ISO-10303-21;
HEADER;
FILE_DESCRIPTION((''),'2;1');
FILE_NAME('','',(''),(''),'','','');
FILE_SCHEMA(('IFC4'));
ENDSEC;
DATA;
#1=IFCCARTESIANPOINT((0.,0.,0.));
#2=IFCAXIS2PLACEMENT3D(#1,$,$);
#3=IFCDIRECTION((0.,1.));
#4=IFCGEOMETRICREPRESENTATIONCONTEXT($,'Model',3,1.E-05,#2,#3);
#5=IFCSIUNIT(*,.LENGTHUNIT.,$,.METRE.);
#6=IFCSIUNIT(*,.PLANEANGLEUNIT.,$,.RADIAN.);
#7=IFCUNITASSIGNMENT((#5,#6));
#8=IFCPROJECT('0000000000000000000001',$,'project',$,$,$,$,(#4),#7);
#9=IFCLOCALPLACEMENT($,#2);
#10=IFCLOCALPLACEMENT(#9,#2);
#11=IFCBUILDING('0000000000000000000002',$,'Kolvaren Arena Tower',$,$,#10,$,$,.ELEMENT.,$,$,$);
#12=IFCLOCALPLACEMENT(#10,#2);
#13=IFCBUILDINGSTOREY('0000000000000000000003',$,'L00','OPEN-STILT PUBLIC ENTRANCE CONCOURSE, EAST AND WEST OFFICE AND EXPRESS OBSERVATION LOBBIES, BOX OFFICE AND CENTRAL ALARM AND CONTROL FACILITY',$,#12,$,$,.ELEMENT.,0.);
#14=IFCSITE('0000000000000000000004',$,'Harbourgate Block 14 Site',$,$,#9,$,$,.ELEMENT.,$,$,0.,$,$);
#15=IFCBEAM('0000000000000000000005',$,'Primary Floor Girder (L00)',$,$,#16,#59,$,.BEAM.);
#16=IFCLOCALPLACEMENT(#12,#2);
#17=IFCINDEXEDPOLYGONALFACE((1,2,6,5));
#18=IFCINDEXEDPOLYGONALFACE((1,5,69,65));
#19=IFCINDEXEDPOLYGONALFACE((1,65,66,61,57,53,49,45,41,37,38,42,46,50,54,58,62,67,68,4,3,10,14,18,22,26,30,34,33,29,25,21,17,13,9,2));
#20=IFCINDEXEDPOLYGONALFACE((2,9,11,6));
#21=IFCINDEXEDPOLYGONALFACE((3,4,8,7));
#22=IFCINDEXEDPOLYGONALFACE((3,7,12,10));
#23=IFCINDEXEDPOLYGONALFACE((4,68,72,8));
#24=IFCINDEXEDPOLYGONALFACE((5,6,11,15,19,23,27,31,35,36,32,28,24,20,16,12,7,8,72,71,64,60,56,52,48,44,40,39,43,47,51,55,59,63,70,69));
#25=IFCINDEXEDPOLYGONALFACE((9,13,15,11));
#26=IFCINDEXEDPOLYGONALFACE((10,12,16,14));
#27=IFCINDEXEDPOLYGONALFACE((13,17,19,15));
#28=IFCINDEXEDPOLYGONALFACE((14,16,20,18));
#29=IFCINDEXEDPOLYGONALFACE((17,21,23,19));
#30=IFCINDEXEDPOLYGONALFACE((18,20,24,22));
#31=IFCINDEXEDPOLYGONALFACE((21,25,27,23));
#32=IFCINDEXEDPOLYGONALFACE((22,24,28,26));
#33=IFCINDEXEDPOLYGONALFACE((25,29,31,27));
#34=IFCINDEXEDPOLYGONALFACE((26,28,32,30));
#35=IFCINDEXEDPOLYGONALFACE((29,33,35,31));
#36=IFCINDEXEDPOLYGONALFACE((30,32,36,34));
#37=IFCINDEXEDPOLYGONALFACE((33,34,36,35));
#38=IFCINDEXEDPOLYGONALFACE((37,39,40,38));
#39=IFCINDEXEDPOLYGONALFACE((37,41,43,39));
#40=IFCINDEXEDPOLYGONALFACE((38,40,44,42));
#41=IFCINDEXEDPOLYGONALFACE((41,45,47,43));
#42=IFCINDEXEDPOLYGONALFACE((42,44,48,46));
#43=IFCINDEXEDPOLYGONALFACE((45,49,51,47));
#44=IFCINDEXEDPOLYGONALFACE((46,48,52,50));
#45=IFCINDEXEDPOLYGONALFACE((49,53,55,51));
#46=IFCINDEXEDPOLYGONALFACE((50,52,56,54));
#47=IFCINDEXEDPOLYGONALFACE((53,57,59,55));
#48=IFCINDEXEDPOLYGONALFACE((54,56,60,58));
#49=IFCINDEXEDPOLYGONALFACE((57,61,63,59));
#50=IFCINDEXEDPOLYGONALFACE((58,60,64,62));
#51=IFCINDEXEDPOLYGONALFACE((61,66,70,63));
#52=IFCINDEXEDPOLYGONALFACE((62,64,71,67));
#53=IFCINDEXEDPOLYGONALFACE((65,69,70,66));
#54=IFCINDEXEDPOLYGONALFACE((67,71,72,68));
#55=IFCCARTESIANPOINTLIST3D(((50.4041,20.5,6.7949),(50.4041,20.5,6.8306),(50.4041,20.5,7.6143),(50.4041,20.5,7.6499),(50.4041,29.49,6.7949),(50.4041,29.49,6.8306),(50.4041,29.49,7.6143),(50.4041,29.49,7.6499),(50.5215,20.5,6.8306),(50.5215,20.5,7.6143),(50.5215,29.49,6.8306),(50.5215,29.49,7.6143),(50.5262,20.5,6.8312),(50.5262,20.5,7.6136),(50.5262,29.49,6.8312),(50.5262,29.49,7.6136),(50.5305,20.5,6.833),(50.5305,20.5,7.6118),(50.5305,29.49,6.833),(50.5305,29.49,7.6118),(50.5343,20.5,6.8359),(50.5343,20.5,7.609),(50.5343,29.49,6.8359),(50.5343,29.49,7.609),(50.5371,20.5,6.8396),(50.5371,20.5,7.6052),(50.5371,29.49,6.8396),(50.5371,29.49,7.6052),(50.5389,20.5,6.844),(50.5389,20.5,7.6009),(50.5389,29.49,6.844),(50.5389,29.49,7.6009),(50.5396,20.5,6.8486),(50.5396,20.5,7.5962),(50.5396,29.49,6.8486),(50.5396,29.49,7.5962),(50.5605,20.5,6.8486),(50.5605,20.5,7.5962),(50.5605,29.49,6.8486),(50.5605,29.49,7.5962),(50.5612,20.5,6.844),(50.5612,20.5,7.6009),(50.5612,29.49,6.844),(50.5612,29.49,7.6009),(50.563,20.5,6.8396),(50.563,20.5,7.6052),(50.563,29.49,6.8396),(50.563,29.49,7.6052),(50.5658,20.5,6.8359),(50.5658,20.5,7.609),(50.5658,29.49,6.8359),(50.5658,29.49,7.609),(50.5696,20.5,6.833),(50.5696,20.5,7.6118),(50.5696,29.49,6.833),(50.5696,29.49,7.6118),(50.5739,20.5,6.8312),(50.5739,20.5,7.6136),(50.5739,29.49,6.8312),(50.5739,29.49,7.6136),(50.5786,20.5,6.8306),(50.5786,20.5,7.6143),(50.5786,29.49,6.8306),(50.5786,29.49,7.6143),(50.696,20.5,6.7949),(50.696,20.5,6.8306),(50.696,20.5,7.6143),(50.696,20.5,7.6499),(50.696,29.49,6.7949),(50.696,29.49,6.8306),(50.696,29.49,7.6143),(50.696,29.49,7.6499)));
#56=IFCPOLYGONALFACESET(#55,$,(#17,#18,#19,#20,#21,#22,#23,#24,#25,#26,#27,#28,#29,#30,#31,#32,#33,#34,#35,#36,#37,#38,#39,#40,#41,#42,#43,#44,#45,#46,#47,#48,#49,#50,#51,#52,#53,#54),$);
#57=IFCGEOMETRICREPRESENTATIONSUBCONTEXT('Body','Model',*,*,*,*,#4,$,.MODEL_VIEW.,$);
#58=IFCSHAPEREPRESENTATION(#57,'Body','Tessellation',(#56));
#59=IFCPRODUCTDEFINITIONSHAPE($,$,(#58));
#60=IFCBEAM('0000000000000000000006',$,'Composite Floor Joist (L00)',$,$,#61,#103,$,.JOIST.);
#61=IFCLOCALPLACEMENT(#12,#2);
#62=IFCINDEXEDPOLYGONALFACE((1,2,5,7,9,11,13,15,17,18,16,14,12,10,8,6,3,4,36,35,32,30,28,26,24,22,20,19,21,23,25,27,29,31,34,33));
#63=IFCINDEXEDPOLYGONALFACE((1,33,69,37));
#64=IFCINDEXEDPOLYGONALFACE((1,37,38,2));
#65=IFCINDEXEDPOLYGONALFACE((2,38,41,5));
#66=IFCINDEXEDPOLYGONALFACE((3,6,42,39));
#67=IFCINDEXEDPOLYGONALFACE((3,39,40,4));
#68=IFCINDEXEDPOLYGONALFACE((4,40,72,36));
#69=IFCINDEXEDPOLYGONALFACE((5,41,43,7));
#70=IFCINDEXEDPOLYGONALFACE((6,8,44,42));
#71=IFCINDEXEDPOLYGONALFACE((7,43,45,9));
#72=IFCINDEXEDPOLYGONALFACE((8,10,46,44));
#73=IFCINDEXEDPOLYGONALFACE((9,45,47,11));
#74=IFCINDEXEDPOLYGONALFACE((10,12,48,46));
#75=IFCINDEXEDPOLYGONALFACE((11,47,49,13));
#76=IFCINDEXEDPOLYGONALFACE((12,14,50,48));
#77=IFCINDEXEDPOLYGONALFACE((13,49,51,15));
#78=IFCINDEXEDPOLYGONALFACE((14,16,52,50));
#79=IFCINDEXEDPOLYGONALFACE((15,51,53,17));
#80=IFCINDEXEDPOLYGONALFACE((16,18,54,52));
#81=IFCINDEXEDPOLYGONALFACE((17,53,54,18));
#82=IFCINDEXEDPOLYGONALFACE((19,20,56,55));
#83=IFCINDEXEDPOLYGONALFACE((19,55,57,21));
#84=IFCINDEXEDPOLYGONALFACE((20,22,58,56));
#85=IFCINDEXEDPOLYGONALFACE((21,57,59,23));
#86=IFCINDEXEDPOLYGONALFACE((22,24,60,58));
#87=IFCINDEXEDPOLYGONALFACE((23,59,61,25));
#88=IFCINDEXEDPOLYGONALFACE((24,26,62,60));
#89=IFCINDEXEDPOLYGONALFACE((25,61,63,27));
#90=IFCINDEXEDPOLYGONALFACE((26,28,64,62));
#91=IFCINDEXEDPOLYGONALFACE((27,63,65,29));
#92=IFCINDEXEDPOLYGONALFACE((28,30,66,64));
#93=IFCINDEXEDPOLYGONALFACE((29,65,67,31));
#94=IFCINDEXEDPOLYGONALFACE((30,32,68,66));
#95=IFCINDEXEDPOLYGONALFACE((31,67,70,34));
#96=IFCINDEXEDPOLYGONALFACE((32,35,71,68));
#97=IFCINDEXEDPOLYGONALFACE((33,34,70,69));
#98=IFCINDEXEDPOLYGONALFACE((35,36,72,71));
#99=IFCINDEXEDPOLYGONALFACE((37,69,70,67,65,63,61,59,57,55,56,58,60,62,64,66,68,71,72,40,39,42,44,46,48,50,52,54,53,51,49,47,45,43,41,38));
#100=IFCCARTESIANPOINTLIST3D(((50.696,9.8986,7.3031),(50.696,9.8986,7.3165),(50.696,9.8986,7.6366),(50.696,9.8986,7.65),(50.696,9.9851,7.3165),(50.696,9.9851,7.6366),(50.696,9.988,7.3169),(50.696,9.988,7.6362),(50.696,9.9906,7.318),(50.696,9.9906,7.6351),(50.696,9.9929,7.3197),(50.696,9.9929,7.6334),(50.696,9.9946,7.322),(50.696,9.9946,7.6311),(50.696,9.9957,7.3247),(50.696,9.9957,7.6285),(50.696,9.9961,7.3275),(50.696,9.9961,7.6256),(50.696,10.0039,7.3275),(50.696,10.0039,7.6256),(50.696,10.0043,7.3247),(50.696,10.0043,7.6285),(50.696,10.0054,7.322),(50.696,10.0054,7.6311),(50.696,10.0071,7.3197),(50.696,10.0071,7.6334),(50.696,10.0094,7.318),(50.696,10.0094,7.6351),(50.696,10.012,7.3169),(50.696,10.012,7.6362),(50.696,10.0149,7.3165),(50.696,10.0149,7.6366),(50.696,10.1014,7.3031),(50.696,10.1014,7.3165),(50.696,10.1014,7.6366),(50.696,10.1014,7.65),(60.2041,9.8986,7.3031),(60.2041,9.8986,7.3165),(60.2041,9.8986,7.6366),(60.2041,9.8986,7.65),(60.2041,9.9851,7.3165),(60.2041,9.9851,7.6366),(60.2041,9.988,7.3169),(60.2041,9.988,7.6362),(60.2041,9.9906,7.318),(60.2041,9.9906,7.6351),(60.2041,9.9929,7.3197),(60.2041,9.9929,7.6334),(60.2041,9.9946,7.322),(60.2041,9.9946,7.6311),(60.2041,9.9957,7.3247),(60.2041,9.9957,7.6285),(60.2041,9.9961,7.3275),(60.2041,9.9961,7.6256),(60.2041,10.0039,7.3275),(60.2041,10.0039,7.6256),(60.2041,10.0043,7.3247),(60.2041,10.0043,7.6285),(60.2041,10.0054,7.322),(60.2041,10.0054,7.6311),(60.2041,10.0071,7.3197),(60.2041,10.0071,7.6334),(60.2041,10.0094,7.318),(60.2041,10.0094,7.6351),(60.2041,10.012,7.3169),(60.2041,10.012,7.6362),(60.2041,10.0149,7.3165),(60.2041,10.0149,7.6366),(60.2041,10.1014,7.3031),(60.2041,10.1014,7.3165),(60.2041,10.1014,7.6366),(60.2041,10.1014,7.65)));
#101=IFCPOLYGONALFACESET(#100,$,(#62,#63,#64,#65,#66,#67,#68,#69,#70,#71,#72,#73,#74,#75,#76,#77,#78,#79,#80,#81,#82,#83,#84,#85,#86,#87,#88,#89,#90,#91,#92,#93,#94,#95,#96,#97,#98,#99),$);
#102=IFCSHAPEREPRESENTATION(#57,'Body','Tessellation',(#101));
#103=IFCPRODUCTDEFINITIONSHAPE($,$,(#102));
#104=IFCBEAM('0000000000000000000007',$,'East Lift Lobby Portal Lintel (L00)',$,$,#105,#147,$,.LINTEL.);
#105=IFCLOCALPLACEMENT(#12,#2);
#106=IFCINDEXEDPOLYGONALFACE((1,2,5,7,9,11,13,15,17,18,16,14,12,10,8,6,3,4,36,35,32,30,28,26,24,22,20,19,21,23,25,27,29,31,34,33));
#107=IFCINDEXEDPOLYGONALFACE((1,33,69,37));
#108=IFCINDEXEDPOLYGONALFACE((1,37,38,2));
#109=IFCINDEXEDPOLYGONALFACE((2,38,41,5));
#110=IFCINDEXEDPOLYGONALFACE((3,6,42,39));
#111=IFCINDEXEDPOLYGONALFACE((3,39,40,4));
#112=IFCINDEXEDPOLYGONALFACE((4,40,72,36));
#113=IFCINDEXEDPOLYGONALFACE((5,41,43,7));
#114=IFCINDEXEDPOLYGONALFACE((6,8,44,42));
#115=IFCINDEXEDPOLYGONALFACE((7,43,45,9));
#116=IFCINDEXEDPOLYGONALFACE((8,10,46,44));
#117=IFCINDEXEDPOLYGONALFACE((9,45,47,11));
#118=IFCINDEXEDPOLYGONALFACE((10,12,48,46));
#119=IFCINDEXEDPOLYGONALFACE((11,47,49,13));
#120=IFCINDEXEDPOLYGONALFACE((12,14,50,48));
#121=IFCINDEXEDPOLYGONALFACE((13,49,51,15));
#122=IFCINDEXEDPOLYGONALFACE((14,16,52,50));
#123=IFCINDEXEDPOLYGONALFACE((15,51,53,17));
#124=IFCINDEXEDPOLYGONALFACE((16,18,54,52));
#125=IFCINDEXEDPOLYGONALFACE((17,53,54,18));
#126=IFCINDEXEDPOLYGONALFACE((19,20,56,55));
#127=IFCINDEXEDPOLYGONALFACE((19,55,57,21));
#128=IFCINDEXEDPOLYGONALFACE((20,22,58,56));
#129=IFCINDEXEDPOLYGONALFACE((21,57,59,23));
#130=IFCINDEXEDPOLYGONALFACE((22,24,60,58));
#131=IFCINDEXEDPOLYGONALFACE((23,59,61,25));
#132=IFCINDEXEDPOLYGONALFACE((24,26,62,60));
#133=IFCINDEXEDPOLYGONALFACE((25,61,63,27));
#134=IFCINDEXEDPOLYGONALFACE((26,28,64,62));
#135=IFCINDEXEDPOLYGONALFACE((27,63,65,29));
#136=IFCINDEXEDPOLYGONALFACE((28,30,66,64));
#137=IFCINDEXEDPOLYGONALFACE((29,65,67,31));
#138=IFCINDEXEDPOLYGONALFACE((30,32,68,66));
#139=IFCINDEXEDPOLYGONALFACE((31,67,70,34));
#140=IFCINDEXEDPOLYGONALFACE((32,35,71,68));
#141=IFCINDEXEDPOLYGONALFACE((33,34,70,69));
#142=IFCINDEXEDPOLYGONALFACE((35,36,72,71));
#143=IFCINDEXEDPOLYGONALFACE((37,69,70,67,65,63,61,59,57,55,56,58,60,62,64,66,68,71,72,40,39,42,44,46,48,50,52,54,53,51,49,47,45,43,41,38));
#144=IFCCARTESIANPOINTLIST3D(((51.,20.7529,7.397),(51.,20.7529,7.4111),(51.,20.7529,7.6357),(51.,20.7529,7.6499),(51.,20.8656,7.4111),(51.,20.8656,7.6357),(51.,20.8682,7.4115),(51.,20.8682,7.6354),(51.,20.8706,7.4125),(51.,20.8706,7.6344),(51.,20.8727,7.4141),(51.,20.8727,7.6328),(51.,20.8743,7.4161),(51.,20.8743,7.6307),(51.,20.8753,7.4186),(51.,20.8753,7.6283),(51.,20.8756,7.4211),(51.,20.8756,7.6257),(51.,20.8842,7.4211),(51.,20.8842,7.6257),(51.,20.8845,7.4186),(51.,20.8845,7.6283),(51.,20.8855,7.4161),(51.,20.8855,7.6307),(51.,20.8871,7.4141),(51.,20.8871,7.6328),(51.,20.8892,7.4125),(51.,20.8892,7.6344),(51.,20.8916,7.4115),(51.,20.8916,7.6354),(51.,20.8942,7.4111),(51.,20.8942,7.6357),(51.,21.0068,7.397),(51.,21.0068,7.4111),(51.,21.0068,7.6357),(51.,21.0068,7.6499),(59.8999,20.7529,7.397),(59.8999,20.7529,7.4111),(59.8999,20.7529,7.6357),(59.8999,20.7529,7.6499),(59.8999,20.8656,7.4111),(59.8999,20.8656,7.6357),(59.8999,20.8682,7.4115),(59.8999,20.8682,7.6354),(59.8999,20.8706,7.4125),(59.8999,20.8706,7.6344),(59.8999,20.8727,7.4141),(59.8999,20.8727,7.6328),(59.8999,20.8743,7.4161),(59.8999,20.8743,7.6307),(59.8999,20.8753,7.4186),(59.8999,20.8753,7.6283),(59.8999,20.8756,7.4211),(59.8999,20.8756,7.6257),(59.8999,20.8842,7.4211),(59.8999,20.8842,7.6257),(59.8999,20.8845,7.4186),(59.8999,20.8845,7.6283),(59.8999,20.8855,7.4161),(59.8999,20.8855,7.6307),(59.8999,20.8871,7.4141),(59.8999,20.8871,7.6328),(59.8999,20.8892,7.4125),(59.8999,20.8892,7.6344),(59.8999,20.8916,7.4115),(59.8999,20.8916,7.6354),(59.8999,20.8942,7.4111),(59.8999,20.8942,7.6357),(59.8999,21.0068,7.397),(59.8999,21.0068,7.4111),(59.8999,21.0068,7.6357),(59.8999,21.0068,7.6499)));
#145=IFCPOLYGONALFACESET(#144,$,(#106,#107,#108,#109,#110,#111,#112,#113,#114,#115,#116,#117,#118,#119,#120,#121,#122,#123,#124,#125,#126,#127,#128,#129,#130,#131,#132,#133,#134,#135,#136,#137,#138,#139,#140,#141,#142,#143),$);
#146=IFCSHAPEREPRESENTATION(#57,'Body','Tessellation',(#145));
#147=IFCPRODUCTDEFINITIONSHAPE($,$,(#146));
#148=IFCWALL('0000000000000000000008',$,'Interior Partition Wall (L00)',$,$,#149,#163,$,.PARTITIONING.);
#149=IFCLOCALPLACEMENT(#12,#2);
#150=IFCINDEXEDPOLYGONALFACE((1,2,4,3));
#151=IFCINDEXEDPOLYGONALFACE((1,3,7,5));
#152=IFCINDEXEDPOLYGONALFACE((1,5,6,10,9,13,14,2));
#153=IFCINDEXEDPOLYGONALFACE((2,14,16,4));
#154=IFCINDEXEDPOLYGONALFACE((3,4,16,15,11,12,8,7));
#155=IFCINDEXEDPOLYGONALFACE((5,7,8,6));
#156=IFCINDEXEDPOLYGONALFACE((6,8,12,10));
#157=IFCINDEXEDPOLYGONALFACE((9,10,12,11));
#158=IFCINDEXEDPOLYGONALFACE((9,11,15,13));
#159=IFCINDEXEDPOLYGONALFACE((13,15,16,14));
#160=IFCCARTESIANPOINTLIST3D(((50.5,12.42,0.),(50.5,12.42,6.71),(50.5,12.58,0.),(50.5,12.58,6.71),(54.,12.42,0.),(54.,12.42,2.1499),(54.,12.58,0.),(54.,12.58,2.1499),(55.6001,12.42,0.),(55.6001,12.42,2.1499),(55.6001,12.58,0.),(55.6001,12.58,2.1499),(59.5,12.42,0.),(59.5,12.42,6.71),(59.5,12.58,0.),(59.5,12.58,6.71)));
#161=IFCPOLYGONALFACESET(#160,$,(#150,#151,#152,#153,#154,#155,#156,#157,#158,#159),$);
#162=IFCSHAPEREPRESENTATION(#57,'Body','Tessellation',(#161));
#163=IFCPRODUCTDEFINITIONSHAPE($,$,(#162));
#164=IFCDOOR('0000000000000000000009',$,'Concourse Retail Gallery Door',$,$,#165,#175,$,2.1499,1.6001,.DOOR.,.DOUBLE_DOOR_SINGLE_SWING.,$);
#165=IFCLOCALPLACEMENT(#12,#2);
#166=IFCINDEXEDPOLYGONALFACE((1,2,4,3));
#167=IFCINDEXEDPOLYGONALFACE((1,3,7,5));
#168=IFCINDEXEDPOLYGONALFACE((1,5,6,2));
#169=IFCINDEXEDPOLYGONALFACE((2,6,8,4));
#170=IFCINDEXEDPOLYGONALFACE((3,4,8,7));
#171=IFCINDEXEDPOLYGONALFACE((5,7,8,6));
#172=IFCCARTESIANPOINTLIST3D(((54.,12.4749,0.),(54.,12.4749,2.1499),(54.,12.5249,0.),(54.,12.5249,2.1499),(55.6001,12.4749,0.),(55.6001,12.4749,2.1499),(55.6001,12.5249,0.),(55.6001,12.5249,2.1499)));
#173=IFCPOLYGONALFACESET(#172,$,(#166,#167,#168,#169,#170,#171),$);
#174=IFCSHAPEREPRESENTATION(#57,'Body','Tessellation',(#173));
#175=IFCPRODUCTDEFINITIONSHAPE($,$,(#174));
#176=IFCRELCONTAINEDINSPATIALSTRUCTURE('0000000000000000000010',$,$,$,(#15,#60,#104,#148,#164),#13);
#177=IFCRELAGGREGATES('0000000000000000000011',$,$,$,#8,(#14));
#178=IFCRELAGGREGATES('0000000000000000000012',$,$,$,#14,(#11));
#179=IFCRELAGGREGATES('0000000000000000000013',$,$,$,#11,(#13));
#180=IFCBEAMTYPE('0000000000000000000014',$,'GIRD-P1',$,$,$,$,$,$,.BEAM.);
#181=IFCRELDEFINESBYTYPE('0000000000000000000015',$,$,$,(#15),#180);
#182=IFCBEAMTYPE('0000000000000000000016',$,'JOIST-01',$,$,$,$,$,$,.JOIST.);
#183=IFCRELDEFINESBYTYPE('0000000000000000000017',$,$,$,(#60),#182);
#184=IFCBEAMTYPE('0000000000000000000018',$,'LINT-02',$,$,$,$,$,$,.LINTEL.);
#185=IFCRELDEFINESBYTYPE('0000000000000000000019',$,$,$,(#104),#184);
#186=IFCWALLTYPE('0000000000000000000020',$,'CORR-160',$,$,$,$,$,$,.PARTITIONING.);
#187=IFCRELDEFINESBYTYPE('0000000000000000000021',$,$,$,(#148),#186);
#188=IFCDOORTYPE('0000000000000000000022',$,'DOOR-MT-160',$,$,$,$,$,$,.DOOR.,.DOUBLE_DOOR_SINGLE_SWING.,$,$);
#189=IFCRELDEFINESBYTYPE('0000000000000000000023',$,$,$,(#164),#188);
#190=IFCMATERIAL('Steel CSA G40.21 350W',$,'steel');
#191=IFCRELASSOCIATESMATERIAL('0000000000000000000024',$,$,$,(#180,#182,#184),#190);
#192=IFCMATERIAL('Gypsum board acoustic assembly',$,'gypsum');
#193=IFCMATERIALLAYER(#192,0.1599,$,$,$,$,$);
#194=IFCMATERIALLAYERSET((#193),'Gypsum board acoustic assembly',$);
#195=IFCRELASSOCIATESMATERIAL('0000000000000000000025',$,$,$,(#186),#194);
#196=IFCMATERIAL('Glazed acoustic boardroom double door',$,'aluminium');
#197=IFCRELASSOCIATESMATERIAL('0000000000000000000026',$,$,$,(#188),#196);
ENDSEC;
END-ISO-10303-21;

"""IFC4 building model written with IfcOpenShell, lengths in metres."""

from ifc_helpers import new_model, si_unit, direction, frame, frame_2d, origin, origin_2d, place, context, subcontext, project, spatial, rectangle, i_section, extrude, material, layer, layer_set, material_profile, profile_set, type_object, element, fill, save


model = new_model("IFC4")

# Units and contexts
model_context = context("Model", 3, precision=1e-05, world=origin(), true_north=direction((0.0, 1.0)))
body_context = subcontext(model_context, "Body", "Model", "MODEL_VIEW")
ifc_project = project(units=[si_unit("LENGTHUNIT", "METRE"), si_unit("PLANEANGLEUNIT", "RADIAN")], contexts=[model_context])

# Site, building, storey
site_placement = place(None, origin())
site = spatial("IfcSite", under=ifc_project, at=site_placement, Name="Harbourgate Block 14 Site", CompositionType="ELEMENT", RefElevation=0.0)
building_placement = place(site_placement, origin())
building = spatial("IfcBuilding", under=site, at=building_placement, Name="Kolvaren Arena Tower", CompositionType="ELEMENT")
storey_placement = place(building_placement, origin())
storey = spatial("IfcBuildingStorey", under=building, at=storey_placement, Name="L00", Description="OPEN-STILT PUBLIC ENTRANCE CONCOURSE, EAST AND WEST OFFICE AND EXPRESS OBSERVATION LOBBIES, BOX OFFICE AND CENTRAL ALARM AND CONTROL FACILITY", CompositionType="ELEMENT", Elevation=0.0)

# Beams
ifc_material_1 = material(Name="Steel CSA G40.21 350W", Category="steel")
ifc_material_profile_1 = material_profile(ifc_material_1, i_section(OverallWidth=0.292, OverallDepth=0.855, WebThickness=0.021, FlangeThickness=0.0356, FilletRadius=0.0181, at=origin_2d()), Name="W840x299")
ifc_profile_set_1 = profile_set([ifc_material_profile_1], Name="Steel CSA G40.21 350W")
beam_type_1 = type_object("IfcBeamType", Name="GIRD-P1", PredefinedType="BEAM", material=ifc_profile_set_1)
beam_1_placement = place(storey_placement, frame((50.55, 20.5, 7.2224), z_axis=(0.0, 1.0, 0.0), x_axis=(-1.0, 0.0, 0.0)))
element("IfcBeam", 1, at=beam_1_placement, inside=storey, type_object=beam_type_1, Name="Primary Floor Girder (L00)", PredefinedType="BEAM", context=body_context, shape_type="SweptSolid", body=[
    extrude(i_section(OverallWidth=0.292, OverallDepth=0.855, WebThickness=0.021, FlangeThickness=0.0356, FilletRadius=0.0181, at=origin_2d()), origin(), (0.0, 0.0, 1.0), 8.99),
])
ifc_material_profile_2 = material_profile(ifc_material_1, i_section(OverallWidth=0.2029, OverallDepth=0.3469, WebThickness=0.0078, FlangeThickness=0.0134, FilletRadius=0.011, at=origin_2d()), Name="W360x64")
ifc_profile_set_2 = profile_set([ifc_material_profile_2], Name="Steel CSA G40.21 350W")
beam_type_2 = type_object("IfcBeamType", Name="JOIST-01", PredefinedType="JOIST", material=ifc_profile_set_2)
beam_2_placement = place(storey_placement, frame((50.696, 10.0, 7.4766), z_axis=(1.0, 0.0, 0.0), x_axis=(0.0, 1.0, 0.0)))
element("IfcBeam", 2, at=beam_2_placement, inside=storey, type_object=beam_type_2, Name="Composite Floor Joist (L00)", PredefinedType="JOIST", context=body_context, shape_type="SweptSolid", body=[
    extrude(i_section(OverallWidth=0.2029, OverallDepth=0.3469, WebThickness=0.0078, FlangeThickness=0.0134, FilletRadius=0.011, at=origin_2d()), origin(), (0.0, 0.0, 1.0), 9.5081),
])
ifc_material_profile_3 = material_profile(ifc_material_1, i_section(OverallWidth=0.2539, OverallDepth=0.2529, WebThickness=0.0085, FlangeThickness=0.0142, FilletRadius=0.01, at=origin_2d()), Name="W250x73")
ifc_profile_set_3 = profile_set([ifc_material_profile_3], Name="Steel CSA G40.21 350W")
beam_type_3 = type_object("IfcBeamType", Name="LINT-02", PredefinedType="LINTEL", material=ifc_profile_set_3)
beam_3_placement = place(storey_placement, frame((51.0, 20.8799, 7.5234), z_axis=(1.0, 0.0, 0.0), x_axis=(0.0, 1.0, 0.0)))
element("IfcBeam", 3, at=beam_3_placement, inside=storey, type_object=beam_type_3, Name="East Lift Lobby Portal Lintel (L00)", PredefinedType="LINTEL", context=body_context, shape_type="SweptSolid", body=[
    extrude(i_section(OverallWidth=0.2539, OverallDepth=0.2529, WebThickness=0.0085, FlangeThickness=0.0142, FilletRadius=0.01, at=origin_2d()), origin(), (0.0, 0.0, 1.0), 8.8999),
])

# Wall, opening, door
ifc_material_2 = material(Name="Gypsum board acoustic assembly", Category="gypsum")
ifc_layer_1 = layer(ifc_material_2, 0.1599)
ifc_layer_set_1 = layer_set([ifc_layer_1], Name="Gypsum board acoustic assembly")
wall_type_1 = type_object("IfcWallType", Name="CORR-160", PredefinedType="PARTITIONING", material=ifc_layer_set_1)
wall_1_placement = place(storey_placement, frame((50.5, 12.5, 0.0), z_axis=(0.0, 0.0, 1.0), x_axis=(1.0, 0.0, 0.0)))
wall_1 = element("IfcWall", 4, at=wall_1_placement, inside=storey, type_object=wall_type_1, Name="Interior Partition Wall (L00)", PredefinedType="PARTITIONING", context=body_context, shape_type="SweptSolid", body=[
    extrude(rectangle(XDim=9.0, YDim=0.1599, at=frame_2d((4.5, 0.0))), origin(), (0.0, 0.0, 1.0), 6.71),
])
opening_1_placement = place(wall_1_placement, frame((3.5, 0.0, 0.0)))
opening_1 = element("IfcOpeningElement", 5, at=opening_1_placement, cuts=wall_1, PredefinedType="OPENING", context=body_context, shape_type="SweptSolid", body=[
    extrude(rectangle(XDim=1.6001, YDim=2.1499, at=frame_2d((0.8, 1.075))), frame((0.0, 0.0898, 0.0), z_axis=(0.0, -1.0, 0.0), x_axis=(1.0, 0.0, 0.0)), (0.0, 0.0, 1.0), 0.1799),
])
ifc_material_3 = material(Name="Glazed acoustic boardroom double door", Category="aluminium")
door_type_1 = type_object("IfcDoorType", Name="DOOR-MT-160", OperationType="DOUBLE_DOOR_SINGLE_SWING", PredefinedType="DOOR", material=ifc_material_3)
door_1_placement = place(opening_1_placement, origin())
door_1 = element("IfcDoor", 6, at=door_1_placement, inside=storey, type_object=door_type_1, Name="Concourse Retail Gallery Door", OperationType="DOUBLE_DOOR_SINGLE_SWING", OverallHeight=2.1499, OverallWidth=1.6001, PredefinedType="DOOR", context=body_context, shape_type="SweptSolid", body=[
    extrude(rectangle(XDim=1.6001, YDim=2.1499, at=frame_2d((0.8, 1.075))), frame((0.0, 0.0249, 0.0), z_axis=(0.0, -1.0, 0.0), x_axis=(1.0, 0.0, 0.0)), (0.0, 0.0, 1.0), 0.05),
])
fill(opening_1, door_1)

save(model, "model.ifc")
